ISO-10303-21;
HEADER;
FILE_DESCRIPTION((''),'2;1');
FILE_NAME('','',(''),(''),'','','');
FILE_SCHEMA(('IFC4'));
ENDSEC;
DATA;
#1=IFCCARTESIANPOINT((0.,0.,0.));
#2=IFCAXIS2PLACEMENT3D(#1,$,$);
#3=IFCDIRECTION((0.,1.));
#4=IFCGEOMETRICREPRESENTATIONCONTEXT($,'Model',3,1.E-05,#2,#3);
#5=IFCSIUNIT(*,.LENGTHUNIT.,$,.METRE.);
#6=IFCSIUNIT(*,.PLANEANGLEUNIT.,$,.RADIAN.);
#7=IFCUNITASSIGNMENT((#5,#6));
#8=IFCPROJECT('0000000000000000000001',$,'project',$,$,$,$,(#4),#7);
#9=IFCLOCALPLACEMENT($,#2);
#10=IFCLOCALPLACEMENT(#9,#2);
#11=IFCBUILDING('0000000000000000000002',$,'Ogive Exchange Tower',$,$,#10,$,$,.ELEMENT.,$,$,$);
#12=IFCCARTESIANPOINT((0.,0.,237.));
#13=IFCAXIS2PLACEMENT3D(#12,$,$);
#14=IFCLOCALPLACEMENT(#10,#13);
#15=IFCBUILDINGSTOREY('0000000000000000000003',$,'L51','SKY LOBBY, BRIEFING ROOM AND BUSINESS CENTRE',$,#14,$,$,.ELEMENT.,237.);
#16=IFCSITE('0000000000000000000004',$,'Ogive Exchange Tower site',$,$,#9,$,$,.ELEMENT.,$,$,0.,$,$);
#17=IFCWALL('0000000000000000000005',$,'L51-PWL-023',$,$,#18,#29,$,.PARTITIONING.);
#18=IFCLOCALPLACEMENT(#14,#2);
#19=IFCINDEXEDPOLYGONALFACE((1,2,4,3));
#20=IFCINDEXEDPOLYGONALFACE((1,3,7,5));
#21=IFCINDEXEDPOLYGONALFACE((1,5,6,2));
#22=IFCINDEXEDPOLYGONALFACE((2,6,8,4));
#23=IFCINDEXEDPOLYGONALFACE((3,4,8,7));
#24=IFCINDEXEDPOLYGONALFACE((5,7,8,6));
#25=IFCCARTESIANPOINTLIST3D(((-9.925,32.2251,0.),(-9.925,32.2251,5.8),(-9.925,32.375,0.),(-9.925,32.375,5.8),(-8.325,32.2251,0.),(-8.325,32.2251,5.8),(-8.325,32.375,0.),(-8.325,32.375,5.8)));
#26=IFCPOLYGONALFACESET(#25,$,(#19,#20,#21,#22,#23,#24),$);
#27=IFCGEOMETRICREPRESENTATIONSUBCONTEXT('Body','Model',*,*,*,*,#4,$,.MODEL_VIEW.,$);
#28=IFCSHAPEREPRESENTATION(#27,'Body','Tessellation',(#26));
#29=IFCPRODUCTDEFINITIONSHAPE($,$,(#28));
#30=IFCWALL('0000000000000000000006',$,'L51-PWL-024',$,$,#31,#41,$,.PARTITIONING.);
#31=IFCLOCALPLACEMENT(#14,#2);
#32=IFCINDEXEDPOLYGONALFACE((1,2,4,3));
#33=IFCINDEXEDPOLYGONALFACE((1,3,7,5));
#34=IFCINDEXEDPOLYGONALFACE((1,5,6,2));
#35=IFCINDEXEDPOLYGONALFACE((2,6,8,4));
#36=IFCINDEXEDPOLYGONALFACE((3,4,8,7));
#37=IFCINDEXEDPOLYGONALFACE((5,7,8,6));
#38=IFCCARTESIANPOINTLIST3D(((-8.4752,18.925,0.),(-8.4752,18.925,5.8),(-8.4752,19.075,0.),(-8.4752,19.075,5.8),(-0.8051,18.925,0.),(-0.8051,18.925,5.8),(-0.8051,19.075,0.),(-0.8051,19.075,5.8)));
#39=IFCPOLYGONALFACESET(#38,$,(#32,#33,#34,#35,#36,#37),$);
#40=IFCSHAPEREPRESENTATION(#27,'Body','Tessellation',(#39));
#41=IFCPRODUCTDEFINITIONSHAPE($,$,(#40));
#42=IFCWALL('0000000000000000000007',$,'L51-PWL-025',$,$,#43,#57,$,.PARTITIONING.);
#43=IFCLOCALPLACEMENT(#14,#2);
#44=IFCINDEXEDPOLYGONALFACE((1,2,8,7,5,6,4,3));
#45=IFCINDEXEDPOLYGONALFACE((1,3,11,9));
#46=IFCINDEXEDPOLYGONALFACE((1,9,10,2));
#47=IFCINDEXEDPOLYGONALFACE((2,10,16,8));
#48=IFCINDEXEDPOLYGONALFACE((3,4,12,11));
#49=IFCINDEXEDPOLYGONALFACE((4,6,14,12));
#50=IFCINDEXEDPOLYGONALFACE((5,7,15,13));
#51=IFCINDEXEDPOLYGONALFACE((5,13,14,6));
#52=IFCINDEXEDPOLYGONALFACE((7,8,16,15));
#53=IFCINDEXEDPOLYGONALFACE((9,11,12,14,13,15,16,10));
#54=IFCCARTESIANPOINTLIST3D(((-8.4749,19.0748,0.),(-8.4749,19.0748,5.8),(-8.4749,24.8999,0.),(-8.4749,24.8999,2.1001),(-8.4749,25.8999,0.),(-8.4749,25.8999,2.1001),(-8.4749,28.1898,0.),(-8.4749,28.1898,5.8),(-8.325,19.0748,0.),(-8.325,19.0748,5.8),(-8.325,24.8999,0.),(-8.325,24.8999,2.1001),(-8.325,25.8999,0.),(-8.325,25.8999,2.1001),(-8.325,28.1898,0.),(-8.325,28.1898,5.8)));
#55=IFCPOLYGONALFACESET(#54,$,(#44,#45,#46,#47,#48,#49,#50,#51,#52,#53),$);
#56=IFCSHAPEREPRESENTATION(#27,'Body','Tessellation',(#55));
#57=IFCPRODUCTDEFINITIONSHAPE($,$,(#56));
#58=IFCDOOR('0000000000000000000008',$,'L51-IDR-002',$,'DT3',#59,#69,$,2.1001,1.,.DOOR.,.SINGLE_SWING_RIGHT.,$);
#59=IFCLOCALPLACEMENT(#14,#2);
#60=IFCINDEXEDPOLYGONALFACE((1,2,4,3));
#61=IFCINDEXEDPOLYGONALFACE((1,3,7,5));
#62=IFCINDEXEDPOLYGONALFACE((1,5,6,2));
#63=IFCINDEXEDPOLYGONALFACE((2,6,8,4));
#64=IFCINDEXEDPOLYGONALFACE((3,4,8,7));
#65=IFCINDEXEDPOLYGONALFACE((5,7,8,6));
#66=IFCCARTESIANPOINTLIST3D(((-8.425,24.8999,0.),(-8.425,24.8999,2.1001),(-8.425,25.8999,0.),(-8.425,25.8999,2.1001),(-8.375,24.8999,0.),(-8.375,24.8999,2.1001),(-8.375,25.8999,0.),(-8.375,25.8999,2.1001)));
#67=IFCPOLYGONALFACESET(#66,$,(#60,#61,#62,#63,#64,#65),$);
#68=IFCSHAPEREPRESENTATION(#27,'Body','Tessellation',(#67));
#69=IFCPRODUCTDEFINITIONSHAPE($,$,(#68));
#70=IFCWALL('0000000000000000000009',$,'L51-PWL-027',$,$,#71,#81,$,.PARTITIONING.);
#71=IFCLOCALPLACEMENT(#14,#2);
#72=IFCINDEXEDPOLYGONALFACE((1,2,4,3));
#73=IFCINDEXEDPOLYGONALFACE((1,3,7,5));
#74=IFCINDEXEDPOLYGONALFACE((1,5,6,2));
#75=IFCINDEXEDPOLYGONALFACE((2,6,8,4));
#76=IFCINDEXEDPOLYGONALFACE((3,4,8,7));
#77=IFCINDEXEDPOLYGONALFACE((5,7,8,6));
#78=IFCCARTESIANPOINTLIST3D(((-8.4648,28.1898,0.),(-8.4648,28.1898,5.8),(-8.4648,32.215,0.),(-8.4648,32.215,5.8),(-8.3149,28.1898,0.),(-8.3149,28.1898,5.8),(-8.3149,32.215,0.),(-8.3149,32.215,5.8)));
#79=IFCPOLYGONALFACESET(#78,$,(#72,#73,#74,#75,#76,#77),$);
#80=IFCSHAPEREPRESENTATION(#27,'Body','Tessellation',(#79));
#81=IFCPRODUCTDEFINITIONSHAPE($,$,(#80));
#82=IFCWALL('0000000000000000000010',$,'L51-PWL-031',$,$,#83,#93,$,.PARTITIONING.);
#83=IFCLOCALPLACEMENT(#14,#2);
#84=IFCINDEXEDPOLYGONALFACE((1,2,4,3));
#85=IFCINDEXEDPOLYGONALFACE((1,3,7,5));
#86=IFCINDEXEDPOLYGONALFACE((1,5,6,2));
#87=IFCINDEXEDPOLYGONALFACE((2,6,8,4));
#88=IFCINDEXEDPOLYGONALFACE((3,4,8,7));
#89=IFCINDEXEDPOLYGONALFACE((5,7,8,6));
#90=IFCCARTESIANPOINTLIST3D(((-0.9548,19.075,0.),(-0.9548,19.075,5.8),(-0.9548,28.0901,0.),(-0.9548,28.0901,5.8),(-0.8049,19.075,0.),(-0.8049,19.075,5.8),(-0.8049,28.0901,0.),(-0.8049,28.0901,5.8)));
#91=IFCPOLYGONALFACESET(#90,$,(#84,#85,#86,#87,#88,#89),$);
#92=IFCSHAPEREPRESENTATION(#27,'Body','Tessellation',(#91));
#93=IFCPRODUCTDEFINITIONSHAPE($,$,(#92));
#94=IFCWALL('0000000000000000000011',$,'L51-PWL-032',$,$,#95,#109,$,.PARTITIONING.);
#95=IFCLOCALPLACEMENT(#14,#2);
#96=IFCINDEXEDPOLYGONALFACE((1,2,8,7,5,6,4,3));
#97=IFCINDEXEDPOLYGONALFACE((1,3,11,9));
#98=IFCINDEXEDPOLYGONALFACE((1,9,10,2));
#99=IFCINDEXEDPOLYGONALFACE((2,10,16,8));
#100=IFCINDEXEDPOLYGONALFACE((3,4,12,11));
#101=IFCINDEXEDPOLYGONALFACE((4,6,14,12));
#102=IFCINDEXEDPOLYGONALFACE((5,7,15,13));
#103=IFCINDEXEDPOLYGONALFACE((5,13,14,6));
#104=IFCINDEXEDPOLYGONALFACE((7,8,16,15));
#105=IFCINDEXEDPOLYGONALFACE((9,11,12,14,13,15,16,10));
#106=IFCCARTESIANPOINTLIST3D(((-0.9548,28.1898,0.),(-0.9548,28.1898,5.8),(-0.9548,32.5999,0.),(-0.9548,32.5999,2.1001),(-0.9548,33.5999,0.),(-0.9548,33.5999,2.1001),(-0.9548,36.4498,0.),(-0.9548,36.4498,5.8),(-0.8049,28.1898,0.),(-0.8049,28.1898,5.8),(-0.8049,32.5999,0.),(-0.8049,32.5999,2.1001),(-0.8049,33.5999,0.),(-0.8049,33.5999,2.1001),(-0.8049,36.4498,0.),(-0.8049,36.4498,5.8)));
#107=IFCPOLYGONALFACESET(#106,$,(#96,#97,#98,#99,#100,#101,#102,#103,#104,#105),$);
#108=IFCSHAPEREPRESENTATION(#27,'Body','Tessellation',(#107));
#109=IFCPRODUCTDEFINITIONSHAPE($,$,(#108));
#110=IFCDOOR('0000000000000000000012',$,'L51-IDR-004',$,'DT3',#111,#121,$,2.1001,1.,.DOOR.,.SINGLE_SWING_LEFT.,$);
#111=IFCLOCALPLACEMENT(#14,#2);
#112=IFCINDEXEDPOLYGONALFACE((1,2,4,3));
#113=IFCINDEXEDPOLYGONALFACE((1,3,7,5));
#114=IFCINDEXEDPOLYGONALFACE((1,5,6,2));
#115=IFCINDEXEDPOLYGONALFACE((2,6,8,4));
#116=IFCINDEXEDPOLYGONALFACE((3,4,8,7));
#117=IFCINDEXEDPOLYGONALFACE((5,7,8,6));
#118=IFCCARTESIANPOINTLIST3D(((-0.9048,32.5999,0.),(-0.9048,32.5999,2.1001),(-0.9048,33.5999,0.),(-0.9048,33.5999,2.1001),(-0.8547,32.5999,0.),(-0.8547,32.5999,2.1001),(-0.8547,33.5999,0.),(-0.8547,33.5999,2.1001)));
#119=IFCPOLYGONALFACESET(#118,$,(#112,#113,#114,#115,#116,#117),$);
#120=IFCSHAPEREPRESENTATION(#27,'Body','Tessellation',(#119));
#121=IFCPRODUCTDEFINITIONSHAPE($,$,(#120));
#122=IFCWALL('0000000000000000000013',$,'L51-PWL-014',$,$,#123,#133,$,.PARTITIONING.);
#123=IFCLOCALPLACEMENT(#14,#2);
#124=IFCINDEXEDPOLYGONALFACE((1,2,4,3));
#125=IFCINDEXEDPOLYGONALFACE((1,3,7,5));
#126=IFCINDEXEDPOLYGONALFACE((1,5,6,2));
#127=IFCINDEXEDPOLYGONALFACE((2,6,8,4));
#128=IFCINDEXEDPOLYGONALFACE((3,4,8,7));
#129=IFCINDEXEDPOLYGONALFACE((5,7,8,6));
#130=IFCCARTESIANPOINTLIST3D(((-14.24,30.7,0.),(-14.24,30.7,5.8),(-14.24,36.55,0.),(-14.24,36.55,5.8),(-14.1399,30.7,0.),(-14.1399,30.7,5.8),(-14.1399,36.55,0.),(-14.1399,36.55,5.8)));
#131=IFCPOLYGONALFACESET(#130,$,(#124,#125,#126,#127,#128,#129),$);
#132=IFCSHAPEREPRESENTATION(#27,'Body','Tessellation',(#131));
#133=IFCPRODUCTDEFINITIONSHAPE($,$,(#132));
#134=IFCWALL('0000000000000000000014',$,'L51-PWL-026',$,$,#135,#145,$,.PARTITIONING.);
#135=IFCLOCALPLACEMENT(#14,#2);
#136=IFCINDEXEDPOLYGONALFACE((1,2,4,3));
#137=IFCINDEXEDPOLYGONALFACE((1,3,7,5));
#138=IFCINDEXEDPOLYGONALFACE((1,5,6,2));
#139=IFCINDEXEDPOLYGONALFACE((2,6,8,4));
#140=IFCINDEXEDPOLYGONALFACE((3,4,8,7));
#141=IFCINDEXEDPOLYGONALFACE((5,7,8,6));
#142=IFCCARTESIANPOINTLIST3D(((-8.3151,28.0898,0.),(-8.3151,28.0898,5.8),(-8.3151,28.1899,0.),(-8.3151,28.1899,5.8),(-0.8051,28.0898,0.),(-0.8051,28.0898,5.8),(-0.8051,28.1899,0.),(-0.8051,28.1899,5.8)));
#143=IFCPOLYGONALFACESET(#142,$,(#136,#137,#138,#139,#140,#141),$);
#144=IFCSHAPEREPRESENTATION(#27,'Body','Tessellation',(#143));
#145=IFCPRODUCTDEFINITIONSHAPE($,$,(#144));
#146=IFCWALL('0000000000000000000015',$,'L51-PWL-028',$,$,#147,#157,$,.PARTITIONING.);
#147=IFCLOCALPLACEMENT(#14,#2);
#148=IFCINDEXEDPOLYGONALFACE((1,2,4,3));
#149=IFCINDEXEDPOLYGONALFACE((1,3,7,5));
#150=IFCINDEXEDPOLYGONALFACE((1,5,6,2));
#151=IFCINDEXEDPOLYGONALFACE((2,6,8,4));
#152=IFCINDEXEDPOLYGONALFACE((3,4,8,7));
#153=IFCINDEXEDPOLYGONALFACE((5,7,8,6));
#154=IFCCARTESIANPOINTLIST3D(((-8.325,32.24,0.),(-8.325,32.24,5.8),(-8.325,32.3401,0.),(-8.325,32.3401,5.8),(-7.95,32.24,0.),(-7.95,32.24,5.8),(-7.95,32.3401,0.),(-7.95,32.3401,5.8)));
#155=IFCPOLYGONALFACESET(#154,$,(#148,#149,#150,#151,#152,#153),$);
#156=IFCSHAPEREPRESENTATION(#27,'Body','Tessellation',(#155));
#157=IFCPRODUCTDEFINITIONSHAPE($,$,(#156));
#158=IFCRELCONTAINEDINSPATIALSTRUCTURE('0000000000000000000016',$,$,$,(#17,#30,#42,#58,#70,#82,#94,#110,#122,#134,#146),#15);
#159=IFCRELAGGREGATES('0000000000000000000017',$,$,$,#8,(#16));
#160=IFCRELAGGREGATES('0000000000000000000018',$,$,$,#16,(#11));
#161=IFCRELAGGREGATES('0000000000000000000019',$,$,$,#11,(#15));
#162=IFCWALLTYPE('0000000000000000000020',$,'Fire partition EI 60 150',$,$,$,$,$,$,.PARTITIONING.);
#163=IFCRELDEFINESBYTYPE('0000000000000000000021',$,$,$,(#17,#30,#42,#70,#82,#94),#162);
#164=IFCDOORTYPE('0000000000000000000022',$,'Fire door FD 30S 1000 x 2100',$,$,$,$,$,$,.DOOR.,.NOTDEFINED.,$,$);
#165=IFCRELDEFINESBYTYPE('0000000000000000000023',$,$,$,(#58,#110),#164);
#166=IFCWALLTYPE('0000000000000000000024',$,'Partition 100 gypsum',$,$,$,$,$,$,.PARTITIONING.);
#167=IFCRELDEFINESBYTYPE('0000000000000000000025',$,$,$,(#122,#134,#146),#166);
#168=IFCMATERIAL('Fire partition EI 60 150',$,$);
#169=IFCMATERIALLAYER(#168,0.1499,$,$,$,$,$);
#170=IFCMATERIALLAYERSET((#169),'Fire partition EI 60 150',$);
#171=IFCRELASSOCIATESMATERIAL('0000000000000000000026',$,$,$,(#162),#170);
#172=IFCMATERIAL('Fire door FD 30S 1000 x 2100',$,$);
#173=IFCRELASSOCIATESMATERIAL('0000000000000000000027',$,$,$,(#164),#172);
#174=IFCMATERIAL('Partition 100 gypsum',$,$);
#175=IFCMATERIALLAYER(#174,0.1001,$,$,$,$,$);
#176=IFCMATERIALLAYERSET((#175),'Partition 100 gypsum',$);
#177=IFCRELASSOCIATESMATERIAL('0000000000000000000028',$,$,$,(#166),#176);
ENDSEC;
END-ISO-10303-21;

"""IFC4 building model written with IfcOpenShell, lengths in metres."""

from ifc_helpers import new_model, si_unit, direction, frame, frame_2d, origin, place, context, subcontext, project, spatial, rectangle, extrude, material, layer, layer_set, type_object, element, fill, save


model = new_model("IFC4")

# Units and contexts
model_context = context("Model", 3, precision=1e-05, world=origin(), true_north=direction((0.0, 1.0)))
body_context = subcontext(model_context, "Body", "Model", "MODEL_VIEW")
ifc_project = project(units=[si_unit("LENGTHUNIT", "METRE"), si_unit("PLANEANGLEUNIT", "RADIAN")], contexts=[model_context])

# Site, building, storey
site_placement = place(None, origin())
site = spatial("IfcSite", under=ifc_project, at=site_placement, Name="Ogive Exchange Tower site", CompositionType="ELEMENT", RefElevation=0.0)
building_placement = place(site_placement, origin())
building = spatial("IfcBuilding", under=site, at=building_placement, Name="Ogive Exchange Tower", CompositionType="ELEMENT")
storey_placement = place(building_placement, frame((0.0, 0.0, 237.0)))
storey = spatial("IfcBuildingStorey", under=building, at=storey_placement, Name="L51", Description="SKY LOBBY, BRIEFING ROOM AND BUSINESS CENTRE", CompositionType="ELEMENT", Elevation=237.0)

# Walls
ifc_material_1 = material(Name="Fire partition EI 60 150")
ifc_layer_1 = layer(ifc_material_1, 0.1499)
ifc_layer_set_1 = layer_set([ifc_layer_1], Name="Fire partition EI 60 150")
wall_type_1 = type_object("IfcWallType", Name="Fire partition EI 60 150", PredefinedType="PARTITIONING", material=ifc_layer_set_1)
wall_1_placement = place(storey_placement, frame((-9.925, 32.3, 0.0), z_axis=(0.0, 0.0, 1.0), x_axis=(1.0, 0.0, 0.0)))
element("IfcWall", 1, at=wall_1_placement, inside=storey, type_object=wall_type_1, Name="L51-PWL-023", PredefinedType="PARTITIONING", context=body_context, shape_type="SweptSolid", body=[
    extrude(rectangle(XDim=1.6001, YDim=0.1499, at=frame_2d((0.8, 0.0))), origin(), (0.0, 0.0, 1.0), 5.8),
])
wall_2_placement = place(storey_placement, frame((-8.4751, 19.0, 0.0), z_axis=(0.0, 0.0, 1.0), x_axis=(1.0, 0.0, 0.0)))
element("IfcWall", 2, at=wall_2_placement, inside=storey, type_object=wall_type_1, Name="L51-PWL-024", PredefinedType="PARTITIONING", context=body_context, shape_type="SweptSolid", body=[
    extrude(rectangle(XDim=7.6702, YDim=0.1499, at=frame_2d((3.835, 0.0))), origin(), (0.0, 0.0, 1.0), 5.8),
])

# Wall, opening, door
wall_3_placement = place(storey_placement, frame((-8.3999, 28.1899, 0.0), z_axis=(0.0, 0.0, 1.0), x_axis=(0.0, -1.0, 0.0)))
wall_3 = element("IfcWall", 3, at=wall_3_placement, inside=storey, type_object=wall_type_1, Name="L51-PWL-025", PredefinedType="PARTITIONING", context=body_context, shape_type="SweptSolid", body=[
    extrude(rectangle(XDim=9.115, YDim=0.1499, at=frame_2d((4.5576, 0.0))), origin(), (0.0, 0.0, 1.0), 5.8),
])
opening_1_placement = place(wall_3_placement, frame((2.29, 0.0, 0.0)))
opening_1 = element("IfcOpeningElement", 4, at=opening_1_placement, cuts=wall_3, PredefinedType="OPENING", context=body_context, shape_type="SweptSolid", body=[
    extrude(rectangle(XDim=1.0, YDim=2.1001, at=frame_2d((0.5, 1.05))), frame((0.0, 0.085, 0.0), z_axis=(0.0, -1.0, 0.0), x_axis=(1.0, 0.0, 0.0)), (0.0, 0.0, 1.0), 0.1699),
])
ifc_material_2 = material(Name="Fire door FD 30S 1000 x 2100")
door_type_1 = type_object("IfcDoorType", Name="Fire door FD 30S 1000 x 2100", OperationType="NOTDEFINED", PredefinedType="DOOR", material=ifc_material_2)
door_1_placement = place(opening_1_placement, origin())
door_1 = element("IfcDoor", 5, at=door_1_placement, inside=storey, type_object=door_type_1, Name="L51-IDR-002", ObjectType="DT3", OperationType="SINGLE_SWING_RIGHT", OverallHeight=2.1001, OverallWidth=1.0, PredefinedType="DOOR", context=body_context, shape_type="SweptSolid", body=[
    extrude(rectangle(XDim=1.0, YDim=2.1001, at=frame_2d((0.5, 1.05))), frame((0.0, 0.0249, 0.0), z_axis=(0.0, -1.0, 0.0), x_axis=(1.0, 0.0, 0.0)), (0.0, 0.0, 1.0), 0.05),
])
fill(opening_1, door_1)

# Walls
wall_4_placement = place(storey_placement, frame((-8.3899, 32.2151, 0.0), z_axis=(0.0, 0.0, 1.0), x_axis=(0.0, -1.0, 0.0)))
element("IfcWall", 6, at=wall_4_placement, inside=storey, type_object=wall_type_1, Name="L51-PWL-027", PredefinedType="PARTITIONING", context=body_context, shape_type="SweptSolid", body=[
    extrude(rectangle(XDim=4.0251, YDim=0.1499, at=frame_2d((2.0127, 0.0))), origin(), (0.0, 0.0, 1.0), 5.8),
])
wall_5_placement = place(storey_placement, frame((-0.8799, 19.075, 0.0), z_axis=(0.0, 0.0, 1.0), x_axis=(0.0, 1.0, 0.0)))
element("IfcWall", 7, at=wall_5_placement, inside=storey, type_object=wall_type_1, Name="L51-PWL-031", PredefinedType="PARTITIONING", context=body_context, shape_type="SweptSolid", body=[
    extrude(rectangle(XDim=9.0151, YDim=0.1499, at=frame_2d((4.5076, 0.0))), origin(), (0.0, 0.0, 1.0), 5.8),
])

# Wall, opening, door
wall_6_placement = place(storey_placement, frame((-0.8799, 28.1899, 0.0), z_axis=(0.0, 0.0, 1.0), x_axis=(0.0, 1.0, 0.0)))
wall_6 = element("IfcWall", 8, at=wall_6_placement, inside=storey, type_object=wall_type_1, Name="L51-PWL-032", PredefinedType="PARTITIONING", context=body_context, shape_type="SweptSolid", body=[
    extrude(rectangle(XDim=8.26, YDim=0.1499, at=frame_2d((4.1299, 0.0))), origin(), (0.0, 0.0, 1.0), 5.8),
])
opening_2_placement = place(wall_6_placement, frame((4.4099, 0.0, 0.0)))
opening_2 = element("IfcOpeningElement", 9, at=opening_2_placement, cuts=wall_6, PredefinedType="OPENING", context=body_context, shape_type="SweptSolid", body=[
    extrude(rectangle(XDim=1.0, YDim=2.1001, at=frame_2d((0.5, 1.05))), frame((0.0, 0.085, 0.0), z_axis=(0.0, -1.0, 0.0), x_axis=(1.0, 0.0, 0.0)), (0.0, 0.0, 1.0), 0.1699),
])
door_2_placement = place(opening_2_placement, origin())
door_2 = element("IfcDoor", 10, at=door_2_placement, inside=storey, type_object=door_type_1, Name="L51-IDR-004", ObjectType="DT3", OperationType="SINGLE_SWING_LEFT", OverallHeight=2.1001, OverallWidth=1.0, PredefinedType="DOOR", context=body_context, shape_type="SweptSolid", body=[
    extrude(rectangle(XDim=1.0, YDim=2.1001, at=frame_2d((0.5, 1.05))), frame((0.0, 0.0249, 0.0), z_axis=(0.0, -1.0, 0.0), x_axis=(1.0, 0.0, 0.0)), (0.0, 0.0, 1.0), 0.05),
])
fill(opening_2, door_2)

# Walls
ifc_material_3 = material(Name="Partition 100 gypsum")
ifc_layer_2 = layer(ifc_material_3, 0.1001)
ifc_layer_set_2 = layer_set([ifc_layer_2], Name="Partition 100 gypsum")
wall_type_2 = type_object("IfcWallType", Name="Partition 100 gypsum", PredefinedType="PARTITIONING", material=ifc_layer_set_2)
wall_7_placement = place(storey_placement, frame((-14.1899, 30.7, 0.0), z_axis=(0.0, 0.0, 1.0), x_axis=(0.0, 1.0, 0.0)))
element("IfcWall", 11, at=wall_7_placement, inside=storey, type_object=wall_type_2, Name="L51-PWL-014", PredefinedType="PARTITIONING", context=body_context, shape_type="SweptSolid", body=[
    extrude(rectangle(XDim=5.8501, YDim=0.1001, at=frame_2d((2.925, 0.0))), origin(), (0.0, 0.0, 1.0), 5.8),
])
wall_8_placement = place(storey_placement, frame((-8.3149, 28.1399, 0.0), z_axis=(0.0, 0.0, 1.0), x_axis=(1.0, 0.0, 0.0)))
element("IfcWall", 12, at=wall_8_placement, inside=storey, type_object=wall_type_2, Name="L51-PWL-026", PredefinedType="PARTITIONING", context=body_context, shape_type="SweptSolid", body=[
    extrude(rectangle(XDim=7.51, YDim=0.1001, at=frame_2d((3.7549, 0.0))), origin(), (0.0, 0.0, 1.0), 5.8),
])
wall_9_placement = place(storey_placement, frame((-7.95, 32.29, 0.0), z_axis=(0.0, 0.0, 1.0), x_axis=(-1.0, 0.0, 0.0)))
element("IfcWall", 13, at=wall_9_placement, inside=storey, type_object=wall_type_2, Name="L51-PWL-028", PredefinedType="PARTITIONING", context=body_context, shape_type="SweptSolid", body=[
    extrude(rectangle(XDim=0.375, YDim=0.1001, at=frame_2d((0.1875, 0.0))), origin(), (0.0, 0.0, 1.0), 5.8),
])

save(model, "model.ifc")
